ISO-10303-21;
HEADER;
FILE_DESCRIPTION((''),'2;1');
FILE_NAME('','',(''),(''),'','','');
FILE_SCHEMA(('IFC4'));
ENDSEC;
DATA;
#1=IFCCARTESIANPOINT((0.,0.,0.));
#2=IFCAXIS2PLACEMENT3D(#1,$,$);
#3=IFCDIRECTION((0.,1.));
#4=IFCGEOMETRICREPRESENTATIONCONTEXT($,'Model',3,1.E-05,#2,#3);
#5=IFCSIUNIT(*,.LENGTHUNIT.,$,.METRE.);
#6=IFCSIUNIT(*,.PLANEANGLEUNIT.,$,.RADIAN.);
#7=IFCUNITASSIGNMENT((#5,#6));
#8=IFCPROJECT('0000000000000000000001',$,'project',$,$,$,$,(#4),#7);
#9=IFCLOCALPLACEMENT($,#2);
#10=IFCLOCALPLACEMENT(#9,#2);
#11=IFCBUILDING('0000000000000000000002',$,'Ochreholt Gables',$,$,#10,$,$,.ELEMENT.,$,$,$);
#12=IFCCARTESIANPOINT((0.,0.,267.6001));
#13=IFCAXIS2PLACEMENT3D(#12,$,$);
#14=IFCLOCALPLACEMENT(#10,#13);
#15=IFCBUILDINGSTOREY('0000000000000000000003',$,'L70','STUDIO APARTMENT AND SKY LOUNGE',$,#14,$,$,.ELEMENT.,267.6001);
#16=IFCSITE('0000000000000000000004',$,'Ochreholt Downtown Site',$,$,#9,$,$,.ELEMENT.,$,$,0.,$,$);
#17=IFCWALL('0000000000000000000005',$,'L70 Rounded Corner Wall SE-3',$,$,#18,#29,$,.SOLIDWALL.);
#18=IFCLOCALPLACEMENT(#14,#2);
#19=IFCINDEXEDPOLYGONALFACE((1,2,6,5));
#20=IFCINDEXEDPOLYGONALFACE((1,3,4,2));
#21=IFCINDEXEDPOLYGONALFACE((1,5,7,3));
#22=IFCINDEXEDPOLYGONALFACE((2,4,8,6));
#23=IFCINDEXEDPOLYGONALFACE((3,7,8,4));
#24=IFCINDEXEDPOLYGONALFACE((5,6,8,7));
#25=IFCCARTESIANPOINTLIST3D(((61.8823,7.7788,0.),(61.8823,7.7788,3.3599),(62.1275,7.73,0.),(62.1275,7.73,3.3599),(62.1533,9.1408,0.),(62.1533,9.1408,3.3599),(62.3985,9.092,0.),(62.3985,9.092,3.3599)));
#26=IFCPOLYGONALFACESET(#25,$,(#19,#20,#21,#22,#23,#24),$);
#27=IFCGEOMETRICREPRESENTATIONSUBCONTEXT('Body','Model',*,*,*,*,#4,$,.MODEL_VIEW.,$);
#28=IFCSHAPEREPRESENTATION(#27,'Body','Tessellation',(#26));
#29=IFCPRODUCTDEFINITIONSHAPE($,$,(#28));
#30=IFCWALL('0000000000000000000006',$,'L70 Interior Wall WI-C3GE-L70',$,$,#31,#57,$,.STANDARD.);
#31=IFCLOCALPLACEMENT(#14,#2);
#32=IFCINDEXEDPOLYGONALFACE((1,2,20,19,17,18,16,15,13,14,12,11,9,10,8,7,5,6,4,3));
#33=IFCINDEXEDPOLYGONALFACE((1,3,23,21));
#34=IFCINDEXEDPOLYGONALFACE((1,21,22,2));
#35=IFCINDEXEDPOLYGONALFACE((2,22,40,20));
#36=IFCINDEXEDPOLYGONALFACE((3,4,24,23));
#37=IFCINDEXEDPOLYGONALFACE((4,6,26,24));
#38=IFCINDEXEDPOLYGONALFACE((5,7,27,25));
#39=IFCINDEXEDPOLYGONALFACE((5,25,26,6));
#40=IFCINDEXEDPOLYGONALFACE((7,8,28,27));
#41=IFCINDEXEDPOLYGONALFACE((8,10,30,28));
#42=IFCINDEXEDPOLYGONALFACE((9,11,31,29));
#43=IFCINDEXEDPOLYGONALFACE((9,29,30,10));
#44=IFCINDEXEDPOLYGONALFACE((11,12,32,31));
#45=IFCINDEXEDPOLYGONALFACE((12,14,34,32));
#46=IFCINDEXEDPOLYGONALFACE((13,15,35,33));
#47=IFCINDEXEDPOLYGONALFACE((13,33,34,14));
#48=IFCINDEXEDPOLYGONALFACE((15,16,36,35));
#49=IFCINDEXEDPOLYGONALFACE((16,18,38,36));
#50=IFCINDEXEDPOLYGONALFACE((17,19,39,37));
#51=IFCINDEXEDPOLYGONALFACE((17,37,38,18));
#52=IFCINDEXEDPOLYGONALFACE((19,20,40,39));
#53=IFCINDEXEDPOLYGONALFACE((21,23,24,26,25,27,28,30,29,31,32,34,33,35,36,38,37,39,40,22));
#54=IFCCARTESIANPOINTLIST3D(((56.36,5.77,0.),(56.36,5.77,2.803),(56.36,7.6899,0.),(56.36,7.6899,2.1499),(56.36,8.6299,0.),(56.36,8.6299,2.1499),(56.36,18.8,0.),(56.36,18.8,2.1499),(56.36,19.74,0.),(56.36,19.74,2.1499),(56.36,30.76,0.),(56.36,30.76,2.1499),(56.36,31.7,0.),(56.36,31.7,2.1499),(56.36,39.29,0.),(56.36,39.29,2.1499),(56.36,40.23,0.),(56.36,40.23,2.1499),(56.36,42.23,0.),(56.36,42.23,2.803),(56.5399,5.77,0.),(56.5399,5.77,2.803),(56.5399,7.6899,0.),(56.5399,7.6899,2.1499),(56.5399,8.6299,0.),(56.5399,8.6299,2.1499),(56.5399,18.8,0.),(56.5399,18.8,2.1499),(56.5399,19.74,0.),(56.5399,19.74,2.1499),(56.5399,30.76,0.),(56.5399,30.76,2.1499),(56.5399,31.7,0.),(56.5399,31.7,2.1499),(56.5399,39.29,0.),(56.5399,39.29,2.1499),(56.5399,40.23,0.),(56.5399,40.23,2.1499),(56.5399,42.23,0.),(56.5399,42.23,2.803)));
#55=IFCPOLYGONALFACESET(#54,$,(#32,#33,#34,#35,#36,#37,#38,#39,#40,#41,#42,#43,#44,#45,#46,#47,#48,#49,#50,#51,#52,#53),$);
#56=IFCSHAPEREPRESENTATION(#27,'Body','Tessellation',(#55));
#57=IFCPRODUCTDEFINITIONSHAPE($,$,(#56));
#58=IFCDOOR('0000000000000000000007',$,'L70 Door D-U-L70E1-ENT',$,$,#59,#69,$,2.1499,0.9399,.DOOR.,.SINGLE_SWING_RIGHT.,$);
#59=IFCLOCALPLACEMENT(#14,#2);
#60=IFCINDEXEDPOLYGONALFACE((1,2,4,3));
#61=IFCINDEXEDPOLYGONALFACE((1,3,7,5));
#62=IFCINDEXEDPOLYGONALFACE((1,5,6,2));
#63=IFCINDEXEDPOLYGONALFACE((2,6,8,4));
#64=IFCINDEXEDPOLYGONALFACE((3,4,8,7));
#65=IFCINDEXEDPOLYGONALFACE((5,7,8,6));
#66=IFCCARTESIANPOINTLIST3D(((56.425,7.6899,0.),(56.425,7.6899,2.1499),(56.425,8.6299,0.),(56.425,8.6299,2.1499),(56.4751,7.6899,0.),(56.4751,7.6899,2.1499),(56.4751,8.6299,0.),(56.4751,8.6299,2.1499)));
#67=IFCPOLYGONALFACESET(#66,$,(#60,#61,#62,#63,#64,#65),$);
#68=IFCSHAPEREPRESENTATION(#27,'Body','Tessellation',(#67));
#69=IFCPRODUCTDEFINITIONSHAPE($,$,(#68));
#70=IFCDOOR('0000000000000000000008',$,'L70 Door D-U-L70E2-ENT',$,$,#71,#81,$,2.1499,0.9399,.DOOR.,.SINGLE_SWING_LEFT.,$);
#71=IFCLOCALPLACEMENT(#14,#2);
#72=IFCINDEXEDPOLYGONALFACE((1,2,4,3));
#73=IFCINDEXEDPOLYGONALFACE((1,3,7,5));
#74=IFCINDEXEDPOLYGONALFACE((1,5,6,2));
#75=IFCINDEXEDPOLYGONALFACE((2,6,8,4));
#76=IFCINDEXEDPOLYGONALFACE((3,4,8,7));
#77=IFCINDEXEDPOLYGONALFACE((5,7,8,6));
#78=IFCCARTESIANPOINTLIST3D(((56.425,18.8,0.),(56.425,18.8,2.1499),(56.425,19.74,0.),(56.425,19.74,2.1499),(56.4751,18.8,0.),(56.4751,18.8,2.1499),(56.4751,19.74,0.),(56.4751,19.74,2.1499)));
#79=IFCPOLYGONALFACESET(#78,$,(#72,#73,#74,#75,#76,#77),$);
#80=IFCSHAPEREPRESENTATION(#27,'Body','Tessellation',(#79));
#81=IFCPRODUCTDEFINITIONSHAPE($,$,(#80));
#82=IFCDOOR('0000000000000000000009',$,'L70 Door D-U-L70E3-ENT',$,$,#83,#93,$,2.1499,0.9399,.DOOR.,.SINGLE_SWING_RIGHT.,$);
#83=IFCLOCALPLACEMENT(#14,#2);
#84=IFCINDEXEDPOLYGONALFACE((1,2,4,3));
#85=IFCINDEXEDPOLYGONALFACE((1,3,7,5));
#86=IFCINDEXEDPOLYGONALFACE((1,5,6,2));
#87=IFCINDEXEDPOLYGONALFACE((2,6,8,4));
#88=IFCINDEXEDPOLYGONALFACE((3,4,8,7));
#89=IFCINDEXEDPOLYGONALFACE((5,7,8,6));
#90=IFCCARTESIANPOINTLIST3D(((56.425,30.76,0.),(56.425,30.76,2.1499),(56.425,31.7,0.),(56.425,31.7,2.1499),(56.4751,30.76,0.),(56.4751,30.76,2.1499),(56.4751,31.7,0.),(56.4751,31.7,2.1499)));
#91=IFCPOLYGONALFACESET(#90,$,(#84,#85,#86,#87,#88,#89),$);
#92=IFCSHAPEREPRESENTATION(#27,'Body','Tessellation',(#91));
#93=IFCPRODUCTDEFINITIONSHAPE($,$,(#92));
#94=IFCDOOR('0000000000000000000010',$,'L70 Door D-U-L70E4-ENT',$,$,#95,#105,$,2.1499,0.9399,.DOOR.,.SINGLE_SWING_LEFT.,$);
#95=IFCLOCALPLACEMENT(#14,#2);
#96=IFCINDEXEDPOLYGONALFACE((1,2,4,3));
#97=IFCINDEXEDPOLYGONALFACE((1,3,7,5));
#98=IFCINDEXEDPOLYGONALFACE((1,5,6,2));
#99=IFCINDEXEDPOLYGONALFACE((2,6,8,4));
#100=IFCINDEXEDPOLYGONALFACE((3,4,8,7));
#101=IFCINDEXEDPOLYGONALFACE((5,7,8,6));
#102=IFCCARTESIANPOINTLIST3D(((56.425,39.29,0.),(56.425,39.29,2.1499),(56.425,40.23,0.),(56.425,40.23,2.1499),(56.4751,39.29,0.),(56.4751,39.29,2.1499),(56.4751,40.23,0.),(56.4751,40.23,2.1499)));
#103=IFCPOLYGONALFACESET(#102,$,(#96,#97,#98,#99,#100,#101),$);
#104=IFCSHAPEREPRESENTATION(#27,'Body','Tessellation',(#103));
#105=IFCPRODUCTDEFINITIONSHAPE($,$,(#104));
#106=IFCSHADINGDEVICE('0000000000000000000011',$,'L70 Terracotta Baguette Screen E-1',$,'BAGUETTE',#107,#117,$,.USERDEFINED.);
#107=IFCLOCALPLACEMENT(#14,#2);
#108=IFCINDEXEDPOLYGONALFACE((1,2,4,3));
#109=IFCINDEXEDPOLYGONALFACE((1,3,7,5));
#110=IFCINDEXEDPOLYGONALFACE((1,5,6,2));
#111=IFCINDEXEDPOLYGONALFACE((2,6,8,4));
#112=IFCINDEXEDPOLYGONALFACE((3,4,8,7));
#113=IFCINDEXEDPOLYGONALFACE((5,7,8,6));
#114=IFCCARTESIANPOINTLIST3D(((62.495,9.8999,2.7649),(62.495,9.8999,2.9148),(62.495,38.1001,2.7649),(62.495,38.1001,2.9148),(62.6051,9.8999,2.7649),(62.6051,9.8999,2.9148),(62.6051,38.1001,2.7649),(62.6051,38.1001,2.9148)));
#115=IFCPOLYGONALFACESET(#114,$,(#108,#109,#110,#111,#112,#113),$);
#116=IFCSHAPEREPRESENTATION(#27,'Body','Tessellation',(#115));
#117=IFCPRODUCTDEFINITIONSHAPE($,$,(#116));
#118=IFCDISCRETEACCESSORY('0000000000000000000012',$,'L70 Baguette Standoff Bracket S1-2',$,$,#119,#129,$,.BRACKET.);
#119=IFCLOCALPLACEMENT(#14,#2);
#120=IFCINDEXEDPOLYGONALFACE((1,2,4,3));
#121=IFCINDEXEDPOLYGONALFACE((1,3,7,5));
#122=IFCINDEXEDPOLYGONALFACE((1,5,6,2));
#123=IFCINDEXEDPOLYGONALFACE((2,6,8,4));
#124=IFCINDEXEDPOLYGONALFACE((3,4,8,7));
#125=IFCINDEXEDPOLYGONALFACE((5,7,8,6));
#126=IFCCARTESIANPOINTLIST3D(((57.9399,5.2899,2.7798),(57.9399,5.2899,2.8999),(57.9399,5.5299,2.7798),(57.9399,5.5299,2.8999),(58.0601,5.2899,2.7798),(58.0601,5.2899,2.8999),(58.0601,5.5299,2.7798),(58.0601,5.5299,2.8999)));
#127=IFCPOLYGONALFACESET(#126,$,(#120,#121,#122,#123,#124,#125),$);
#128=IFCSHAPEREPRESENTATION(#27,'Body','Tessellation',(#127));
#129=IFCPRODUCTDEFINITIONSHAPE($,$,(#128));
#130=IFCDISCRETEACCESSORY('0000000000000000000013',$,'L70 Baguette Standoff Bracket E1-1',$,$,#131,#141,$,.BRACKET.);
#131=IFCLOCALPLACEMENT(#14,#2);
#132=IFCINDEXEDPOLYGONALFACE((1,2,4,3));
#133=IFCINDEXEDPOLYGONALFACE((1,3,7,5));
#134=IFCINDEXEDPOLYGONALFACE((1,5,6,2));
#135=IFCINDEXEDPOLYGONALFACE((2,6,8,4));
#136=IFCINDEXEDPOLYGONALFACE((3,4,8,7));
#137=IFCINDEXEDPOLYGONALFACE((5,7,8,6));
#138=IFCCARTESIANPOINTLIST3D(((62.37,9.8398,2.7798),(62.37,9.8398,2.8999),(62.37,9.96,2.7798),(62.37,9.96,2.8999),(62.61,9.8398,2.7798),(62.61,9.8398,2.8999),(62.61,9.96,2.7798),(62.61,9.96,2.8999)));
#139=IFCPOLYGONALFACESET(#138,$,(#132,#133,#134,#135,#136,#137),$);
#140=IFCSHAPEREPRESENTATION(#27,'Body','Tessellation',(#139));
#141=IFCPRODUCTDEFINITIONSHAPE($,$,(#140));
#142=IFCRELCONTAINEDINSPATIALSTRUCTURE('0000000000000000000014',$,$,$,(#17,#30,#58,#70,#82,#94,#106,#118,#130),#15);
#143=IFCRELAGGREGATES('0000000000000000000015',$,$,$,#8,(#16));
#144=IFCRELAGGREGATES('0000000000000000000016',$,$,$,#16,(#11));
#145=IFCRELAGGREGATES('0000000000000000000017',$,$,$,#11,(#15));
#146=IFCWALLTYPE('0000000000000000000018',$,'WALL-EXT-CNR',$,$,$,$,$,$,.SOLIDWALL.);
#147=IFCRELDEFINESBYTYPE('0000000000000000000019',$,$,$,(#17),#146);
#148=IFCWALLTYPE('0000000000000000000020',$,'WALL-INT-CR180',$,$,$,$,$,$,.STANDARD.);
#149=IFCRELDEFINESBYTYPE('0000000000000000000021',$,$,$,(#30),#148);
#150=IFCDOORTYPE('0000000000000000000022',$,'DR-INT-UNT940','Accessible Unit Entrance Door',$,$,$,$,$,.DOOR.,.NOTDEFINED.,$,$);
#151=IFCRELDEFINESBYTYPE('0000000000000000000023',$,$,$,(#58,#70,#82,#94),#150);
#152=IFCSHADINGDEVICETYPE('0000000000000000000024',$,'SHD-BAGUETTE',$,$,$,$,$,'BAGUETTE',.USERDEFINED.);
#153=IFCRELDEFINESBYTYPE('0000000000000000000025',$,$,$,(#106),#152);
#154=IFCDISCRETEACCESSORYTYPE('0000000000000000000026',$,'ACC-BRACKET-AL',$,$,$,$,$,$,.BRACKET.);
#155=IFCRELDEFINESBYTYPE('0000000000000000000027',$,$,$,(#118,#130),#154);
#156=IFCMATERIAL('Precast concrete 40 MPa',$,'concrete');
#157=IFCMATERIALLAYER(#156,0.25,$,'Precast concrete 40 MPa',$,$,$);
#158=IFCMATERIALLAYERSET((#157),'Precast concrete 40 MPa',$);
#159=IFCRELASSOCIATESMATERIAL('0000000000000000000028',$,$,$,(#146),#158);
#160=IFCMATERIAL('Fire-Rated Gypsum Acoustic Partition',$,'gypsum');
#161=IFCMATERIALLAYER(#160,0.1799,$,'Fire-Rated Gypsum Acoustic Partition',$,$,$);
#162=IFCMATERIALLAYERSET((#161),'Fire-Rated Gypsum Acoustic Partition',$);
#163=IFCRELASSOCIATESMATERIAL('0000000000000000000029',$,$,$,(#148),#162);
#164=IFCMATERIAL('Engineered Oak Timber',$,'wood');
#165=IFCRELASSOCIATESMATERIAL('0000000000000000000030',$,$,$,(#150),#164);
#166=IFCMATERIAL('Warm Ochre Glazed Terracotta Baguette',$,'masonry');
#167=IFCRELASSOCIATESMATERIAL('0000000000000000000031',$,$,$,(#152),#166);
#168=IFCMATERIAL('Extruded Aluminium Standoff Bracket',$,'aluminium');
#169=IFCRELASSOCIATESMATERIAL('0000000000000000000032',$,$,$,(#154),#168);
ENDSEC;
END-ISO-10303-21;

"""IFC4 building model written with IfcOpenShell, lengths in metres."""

from ifc_helpers import new_model, si_unit, direction, frame, frame_2d, origin, origin_2d, place, context, subcontext, project, spatial, rectangle, extrude, material, layer, layer_set, material_profile, profile_set, type_object, element, fill, save


model = new_model("IFC4")

# Units and contexts
model_context = context("Model", 3, precision=1e-05, world=origin(), true_north=direction((0.0, 1.0)))
body_context = subcontext(model_context, "Body", "Model", "MODEL_VIEW")
ifc_project = project(units=[si_unit("LENGTHUNIT", "METRE"), si_unit("PLANEANGLEUNIT", "RADIAN")], contexts=[model_context])

# Site, building, storey
site_placement = place(None, origin())
site = spatial("IfcSite", under=ifc_project, at=site_placement, Name="Ochreholt Downtown Site", CompositionType="ELEMENT", RefElevation=0.0)
building_placement = place(site_placement, origin())
building = spatial("IfcBuilding", under=site, at=building_placement, Name="Ochreholt Gables", CompositionType="ELEMENT")
storey_placement = place(building_placement, frame((0.0, 0.0, 267.6001)))
storey = spatial("IfcBuildingStorey", under=building, at=storey_placement, Name="L70", Description="STUDIO APARTMENT AND SKY LOUNGE", CompositionType="ELEMENT", Elevation=267.6001)

# Shared definitions
ifc_material_1 = material(Name="Precast concrete 40 MPa", Category="concrete")

# Shared definitions
ifc_layer_1 = layer(ifc_material_1, 0.25, Name="Precast concrete 40 MPa")
ifc_layer_set_1 = layer_set([ifc_layer_1], Name="Precast concrete 40 MPa")
wall_type_1 = type_object("IfcWallType", Name="WALL-EXT-CNR", PredefinedType="SOLIDWALL", material=ifc_layer_set_1)

# Wall
wall_1_placement = place(storey_placement, frame((62.0049, 7.7544, 0.0), z_axis=(0.0, 0.0, 1.0), x_axis=(0.195136, 0.980776, 0.0)))
element("IfcWall", 1, at=wall_1_placement, inside=storey, type_object=wall_type_1, Name="L70 Rounded Corner Wall SE-3", PredefinedType="SOLIDWALL", context=body_context, shape_type="SweptSolid", body=[
    extrude(rectangle(XDim=1.3887, YDim=0.25, at=frame_2d((0.6943, 0.0))), origin(), (0.0, 0.0, 1.0), 3.3599),
])

# Wall, openings, doors
ifc_material_2 = material(Name="Fire-Rated Gypsum Acoustic Partition", Category="gypsum")
ifc_layer_2 = layer(ifc_material_2, 0.1799, Name="Fire-Rated Gypsum Acoustic Partition")
ifc_layer_set_2 = layer_set([ifc_layer_2], Name="Fire-Rated Gypsum Acoustic Partition")
wall_type_2 = type_object("IfcWallType", Name="WALL-INT-CR180", PredefinedType="STANDARD", material=ifc_layer_set_2)
wall_2_placement = place(storey_placement, frame((56.45, 5.77, 0.0), z_axis=(0.0, 0.0, 1.0), x_axis=(0.0, 1.0, 0.0)))
wall_2 = element("IfcWall", 2, at=wall_2_placement, inside=storey, type_object=wall_type_2, Name="L70 Interior Wall WI-C3GE-L70", PredefinedType="STANDARD", context=body_context, shape_type="SweptSolid", body=[
    extrude(rectangle(XDim=36.46, YDim=0.1799, at=frame_2d((18.23, 0.0))), origin(), (0.0, 0.0, 1.0), 2.803),
])
opening_1_placement = place(wall_2_placement, frame((1.9199, 0.0, 0.0)))
opening_1 = element("IfcOpeningElement", 3, at=opening_1_placement, cuts=wall_2, PredefinedType="OPENING", context=body_context, shape_type="SweptSolid", body=[
    extrude(rectangle(XDim=0.9399, YDim=2.1499, at=frame_2d((0.47, 1.075))), frame((0.0, 0.0999, 0.0), z_axis=(0.0, -1.0, 0.0), x_axis=(1.0, 0.0, 0.0)), (0.0, 0.0, 1.0), 0.2),
])
opening_2_placement = place(wall_2_placement, frame((13.03, 0.0, 0.0)))
opening_2 = element("IfcOpeningElement", 4, at=opening_2_placement, cuts=wall_2, PredefinedType="OPENING", context=body_context, shape_type="SweptSolid", body=[
    extrude(rectangle(XDim=0.9399, YDim=2.1499, at=frame_2d((0.47, 1.075))), frame((0.0, 0.0999, 0.0), z_axis=(0.0, -1.0, 0.0), x_axis=(1.0, 0.0, 0.0)), (0.0, 0.0, 1.0), 0.2),
])
opening_3_placement = place(wall_2_placement, frame((24.99, 0.0, 0.0)))
opening_3 = element("IfcOpeningElement", 5, at=opening_3_placement, cuts=wall_2, PredefinedType="OPENING", context=body_context, shape_type="SweptSolid", body=[
    extrude(rectangle(XDim=0.9399, YDim=2.1499, at=frame_2d((0.47, 1.075))), frame((0.0, 0.0999, 0.0), z_axis=(0.0, -1.0, 0.0), x_axis=(1.0, 0.0, 0.0)), (0.0, 0.0, 1.0), 0.2),
])
opening_4_placement = place(wall_2_placement, frame((33.52, 0.0, 0.0)))
opening_4 = element("IfcOpeningElement", 6, at=opening_4_placement, cuts=wall_2, PredefinedType="OPENING", context=body_context, shape_type="SweptSolid", body=[
    extrude(rectangle(XDim=0.9399, YDim=2.1499, at=frame_2d((0.47, 1.075))), frame((0.0, 0.0999, 0.0), z_axis=(0.0, -1.0, 0.0), x_axis=(1.0, 0.0, 0.0)), (0.0, 0.0, 1.0), 0.2),
])
ifc_material_3 = material(Name="Engineered Oak Timber", Category="wood")
door_type = type_object("IfcDoorType", Name="DR-INT-UNT940", Description="Accessible Unit Entrance Door", OperationType="NOTDEFINED", PredefinedType="DOOR", material=ifc_material_3)
door_1_placement = place(opening_1_placement, origin())
door_1 = element("IfcDoor", 7, at=door_1_placement, inside=storey, type_object=door_type, Name="L70 Door D-U-L70E1-ENT", OperationType="SINGLE_SWING_RIGHT", OverallHeight=2.1499, OverallWidth=0.9399, PredefinedType="DOOR", context=body_context, shape_type="SweptSolid", body=[
    extrude(rectangle(XDim=0.9399, YDim=2.1499, at=frame_2d((0.47, 1.075))), frame((0.0, 0.0249, 0.0), z_axis=(0.0, -1.0, 0.0), x_axis=(1.0, 0.0, 0.0)), (0.0, 0.0, 1.0), 0.05),
])
fill(opening_1, door_1)
door_2_placement = place(opening_2_placement, origin())
door_2 = element("IfcDoor", 8, at=door_2_placement, inside=storey, type_object=door_type, Name="L70 Door D-U-L70E2-ENT", OperationType="SINGLE_SWING_LEFT", OverallHeight=2.1499, OverallWidth=0.9399, PredefinedType="DOOR", context=body_context, shape_type="SweptSolid", body=[
    extrude(rectangle(XDim=0.9399, YDim=2.1499, at=frame_2d((0.47, 1.075))), frame((0.0, 0.0249, 0.0), z_axis=(0.0, -1.0, 0.0), x_axis=(1.0, 0.0, 0.0)), (0.0, 0.0, 1.0), 0.05),
])
fill(opening_2, door_2)
door_3_placement = place(opening_3_placement, origin())
door_3 = element("IfcDoor", 9, at=door_3_placement, inside=storey, type_object=door_type, Name="L70 Door D-U-L70E3-ENT", OperationType="SINGLE_SWING_RIGHT", OverallHeight=2.1499, OverallWidth=0.9399, PredefinedType="DOOR", context=body_context, shape_type="SweptSolid", body=[
    extrude(rectangle(XDim=0.9399, YDim=2.1499, at=frame_2d((0.47, 1.075))), frame((0.0, 0.0249, 0.0), z_axis=(0.0, -1.0, 0.0), x_axis=(1.0, 0.0, 0.0)), (0.0, 0.0, 1.0), 0.05),
])
fill(opening_3, door_3)
door_4_placement = place(opening_4_placement, origin())
door_4 = element("IfcDoor", 10, at=door_4_placement, inside=storey, type_object=door_type, Name="L70 Door D-U-L70E4-ENT", OperationType="SINGLE_SWING_LEFT", OverallHeight=2.1499, OverallWidth=0.9399, PredefinedType="DOOR", context=body_context, shape_type="SweptSolid", body=[
    extrude(rectangle(XDim=0.9399, YDim=2.1499, at=frame_2d((0.47, 1.075))), frame((0.0, 0.0249, 0.0), z_axis=(0.0, -1.0, 0.0), x_axis=(1.0, 0.0, 0.0)), (0.0, 0.0, 1.0), 0.05),
])
fill(opening_4, door_4)

# Shading device
ifc_material_4 = material(Name="Warm Ochre Glazed Terracotta Baguette", Category="masonry")
ifc_material_profile_1 = material_profile(ifc_material_4, rectangle(XDim=0.1101, YDim=0.1499, at=origin_2d()), Name="TCBAG110X150")
ifc_profile_set_1 = profile_set([ifc_material_profile_1], Name="Warm Ochre Glazed Terracotta Baguette")
shading_device_type = type_object("IfcShadingDeviceType", Name="SHD-BAGUETTE", ElementType="BAGUETTE", PredefinedType="USERDEFINED", material=ifc_profile_set_1)
shading_device_placement = place(storey_placement, frame((62.55, 9.8999, 2.8398), z_axis=(0.0, 1.0, 0.0), x_axis=(-1.0, 0.0, 0.0)))
element("IfcShadingDevice", 11, at=shading_device_placement, inside=storey, type_object=shading_device_type, Name="L70 Terracotta Baguette Screen E-1", ObjectType="BAGUETTE", PredefinedType="USERDEFINED", context=body_context, shape_type="SweptSolid", body=[
    extrude(rectangle(XDim=0.1101, YDim=0.1499, at=origin_2d()), origin(), (0.0, 0.0, 1.0), 28.2002),
])

# Discrete accessories
ifc_material_5 = material(Name="Extruded Aluminium Standoff Bracket", Category="aluminium")
discrete_accessory_type = type_object("IfcDiscreteAccessoryType", Name="ACC-BRACKET-AL", PredefinedType="BRACKET", material=ifc_material_5)
for number, where, z_axis, x_axis, name in (
    (12, (58.0, 5.4099, 2.7798), (0.0, 0.0, 1.0), (1.0, 0.0, 0.0), "L70 Baguette Standoff Bracket S1-2"),
    (13, (62.49, 9.8999, 2.7798), (0.0, 0.0, 1.0), (0.0, 1.0, 0.0), "L70 Baguette Standoff Bracket E1-1"),
):
    element("IfcDiscreteAccessory", number, at=place(storey_placement, frame(where, z_axis=z_axis, x_axis=x_axis)), inside=storey, type_object=discrete_accessory_type, Name=name, PredefinedType="BRACKET", context=body_context, shape_type="SweptSolid", body=[
        extrude(rectangle(XDim=0.1201, YDim=0.24, at=origin_2d()), origin(), (0.0, 0.0, 1.0), 0.1201),
    ])

save(model, "model.ifc")
